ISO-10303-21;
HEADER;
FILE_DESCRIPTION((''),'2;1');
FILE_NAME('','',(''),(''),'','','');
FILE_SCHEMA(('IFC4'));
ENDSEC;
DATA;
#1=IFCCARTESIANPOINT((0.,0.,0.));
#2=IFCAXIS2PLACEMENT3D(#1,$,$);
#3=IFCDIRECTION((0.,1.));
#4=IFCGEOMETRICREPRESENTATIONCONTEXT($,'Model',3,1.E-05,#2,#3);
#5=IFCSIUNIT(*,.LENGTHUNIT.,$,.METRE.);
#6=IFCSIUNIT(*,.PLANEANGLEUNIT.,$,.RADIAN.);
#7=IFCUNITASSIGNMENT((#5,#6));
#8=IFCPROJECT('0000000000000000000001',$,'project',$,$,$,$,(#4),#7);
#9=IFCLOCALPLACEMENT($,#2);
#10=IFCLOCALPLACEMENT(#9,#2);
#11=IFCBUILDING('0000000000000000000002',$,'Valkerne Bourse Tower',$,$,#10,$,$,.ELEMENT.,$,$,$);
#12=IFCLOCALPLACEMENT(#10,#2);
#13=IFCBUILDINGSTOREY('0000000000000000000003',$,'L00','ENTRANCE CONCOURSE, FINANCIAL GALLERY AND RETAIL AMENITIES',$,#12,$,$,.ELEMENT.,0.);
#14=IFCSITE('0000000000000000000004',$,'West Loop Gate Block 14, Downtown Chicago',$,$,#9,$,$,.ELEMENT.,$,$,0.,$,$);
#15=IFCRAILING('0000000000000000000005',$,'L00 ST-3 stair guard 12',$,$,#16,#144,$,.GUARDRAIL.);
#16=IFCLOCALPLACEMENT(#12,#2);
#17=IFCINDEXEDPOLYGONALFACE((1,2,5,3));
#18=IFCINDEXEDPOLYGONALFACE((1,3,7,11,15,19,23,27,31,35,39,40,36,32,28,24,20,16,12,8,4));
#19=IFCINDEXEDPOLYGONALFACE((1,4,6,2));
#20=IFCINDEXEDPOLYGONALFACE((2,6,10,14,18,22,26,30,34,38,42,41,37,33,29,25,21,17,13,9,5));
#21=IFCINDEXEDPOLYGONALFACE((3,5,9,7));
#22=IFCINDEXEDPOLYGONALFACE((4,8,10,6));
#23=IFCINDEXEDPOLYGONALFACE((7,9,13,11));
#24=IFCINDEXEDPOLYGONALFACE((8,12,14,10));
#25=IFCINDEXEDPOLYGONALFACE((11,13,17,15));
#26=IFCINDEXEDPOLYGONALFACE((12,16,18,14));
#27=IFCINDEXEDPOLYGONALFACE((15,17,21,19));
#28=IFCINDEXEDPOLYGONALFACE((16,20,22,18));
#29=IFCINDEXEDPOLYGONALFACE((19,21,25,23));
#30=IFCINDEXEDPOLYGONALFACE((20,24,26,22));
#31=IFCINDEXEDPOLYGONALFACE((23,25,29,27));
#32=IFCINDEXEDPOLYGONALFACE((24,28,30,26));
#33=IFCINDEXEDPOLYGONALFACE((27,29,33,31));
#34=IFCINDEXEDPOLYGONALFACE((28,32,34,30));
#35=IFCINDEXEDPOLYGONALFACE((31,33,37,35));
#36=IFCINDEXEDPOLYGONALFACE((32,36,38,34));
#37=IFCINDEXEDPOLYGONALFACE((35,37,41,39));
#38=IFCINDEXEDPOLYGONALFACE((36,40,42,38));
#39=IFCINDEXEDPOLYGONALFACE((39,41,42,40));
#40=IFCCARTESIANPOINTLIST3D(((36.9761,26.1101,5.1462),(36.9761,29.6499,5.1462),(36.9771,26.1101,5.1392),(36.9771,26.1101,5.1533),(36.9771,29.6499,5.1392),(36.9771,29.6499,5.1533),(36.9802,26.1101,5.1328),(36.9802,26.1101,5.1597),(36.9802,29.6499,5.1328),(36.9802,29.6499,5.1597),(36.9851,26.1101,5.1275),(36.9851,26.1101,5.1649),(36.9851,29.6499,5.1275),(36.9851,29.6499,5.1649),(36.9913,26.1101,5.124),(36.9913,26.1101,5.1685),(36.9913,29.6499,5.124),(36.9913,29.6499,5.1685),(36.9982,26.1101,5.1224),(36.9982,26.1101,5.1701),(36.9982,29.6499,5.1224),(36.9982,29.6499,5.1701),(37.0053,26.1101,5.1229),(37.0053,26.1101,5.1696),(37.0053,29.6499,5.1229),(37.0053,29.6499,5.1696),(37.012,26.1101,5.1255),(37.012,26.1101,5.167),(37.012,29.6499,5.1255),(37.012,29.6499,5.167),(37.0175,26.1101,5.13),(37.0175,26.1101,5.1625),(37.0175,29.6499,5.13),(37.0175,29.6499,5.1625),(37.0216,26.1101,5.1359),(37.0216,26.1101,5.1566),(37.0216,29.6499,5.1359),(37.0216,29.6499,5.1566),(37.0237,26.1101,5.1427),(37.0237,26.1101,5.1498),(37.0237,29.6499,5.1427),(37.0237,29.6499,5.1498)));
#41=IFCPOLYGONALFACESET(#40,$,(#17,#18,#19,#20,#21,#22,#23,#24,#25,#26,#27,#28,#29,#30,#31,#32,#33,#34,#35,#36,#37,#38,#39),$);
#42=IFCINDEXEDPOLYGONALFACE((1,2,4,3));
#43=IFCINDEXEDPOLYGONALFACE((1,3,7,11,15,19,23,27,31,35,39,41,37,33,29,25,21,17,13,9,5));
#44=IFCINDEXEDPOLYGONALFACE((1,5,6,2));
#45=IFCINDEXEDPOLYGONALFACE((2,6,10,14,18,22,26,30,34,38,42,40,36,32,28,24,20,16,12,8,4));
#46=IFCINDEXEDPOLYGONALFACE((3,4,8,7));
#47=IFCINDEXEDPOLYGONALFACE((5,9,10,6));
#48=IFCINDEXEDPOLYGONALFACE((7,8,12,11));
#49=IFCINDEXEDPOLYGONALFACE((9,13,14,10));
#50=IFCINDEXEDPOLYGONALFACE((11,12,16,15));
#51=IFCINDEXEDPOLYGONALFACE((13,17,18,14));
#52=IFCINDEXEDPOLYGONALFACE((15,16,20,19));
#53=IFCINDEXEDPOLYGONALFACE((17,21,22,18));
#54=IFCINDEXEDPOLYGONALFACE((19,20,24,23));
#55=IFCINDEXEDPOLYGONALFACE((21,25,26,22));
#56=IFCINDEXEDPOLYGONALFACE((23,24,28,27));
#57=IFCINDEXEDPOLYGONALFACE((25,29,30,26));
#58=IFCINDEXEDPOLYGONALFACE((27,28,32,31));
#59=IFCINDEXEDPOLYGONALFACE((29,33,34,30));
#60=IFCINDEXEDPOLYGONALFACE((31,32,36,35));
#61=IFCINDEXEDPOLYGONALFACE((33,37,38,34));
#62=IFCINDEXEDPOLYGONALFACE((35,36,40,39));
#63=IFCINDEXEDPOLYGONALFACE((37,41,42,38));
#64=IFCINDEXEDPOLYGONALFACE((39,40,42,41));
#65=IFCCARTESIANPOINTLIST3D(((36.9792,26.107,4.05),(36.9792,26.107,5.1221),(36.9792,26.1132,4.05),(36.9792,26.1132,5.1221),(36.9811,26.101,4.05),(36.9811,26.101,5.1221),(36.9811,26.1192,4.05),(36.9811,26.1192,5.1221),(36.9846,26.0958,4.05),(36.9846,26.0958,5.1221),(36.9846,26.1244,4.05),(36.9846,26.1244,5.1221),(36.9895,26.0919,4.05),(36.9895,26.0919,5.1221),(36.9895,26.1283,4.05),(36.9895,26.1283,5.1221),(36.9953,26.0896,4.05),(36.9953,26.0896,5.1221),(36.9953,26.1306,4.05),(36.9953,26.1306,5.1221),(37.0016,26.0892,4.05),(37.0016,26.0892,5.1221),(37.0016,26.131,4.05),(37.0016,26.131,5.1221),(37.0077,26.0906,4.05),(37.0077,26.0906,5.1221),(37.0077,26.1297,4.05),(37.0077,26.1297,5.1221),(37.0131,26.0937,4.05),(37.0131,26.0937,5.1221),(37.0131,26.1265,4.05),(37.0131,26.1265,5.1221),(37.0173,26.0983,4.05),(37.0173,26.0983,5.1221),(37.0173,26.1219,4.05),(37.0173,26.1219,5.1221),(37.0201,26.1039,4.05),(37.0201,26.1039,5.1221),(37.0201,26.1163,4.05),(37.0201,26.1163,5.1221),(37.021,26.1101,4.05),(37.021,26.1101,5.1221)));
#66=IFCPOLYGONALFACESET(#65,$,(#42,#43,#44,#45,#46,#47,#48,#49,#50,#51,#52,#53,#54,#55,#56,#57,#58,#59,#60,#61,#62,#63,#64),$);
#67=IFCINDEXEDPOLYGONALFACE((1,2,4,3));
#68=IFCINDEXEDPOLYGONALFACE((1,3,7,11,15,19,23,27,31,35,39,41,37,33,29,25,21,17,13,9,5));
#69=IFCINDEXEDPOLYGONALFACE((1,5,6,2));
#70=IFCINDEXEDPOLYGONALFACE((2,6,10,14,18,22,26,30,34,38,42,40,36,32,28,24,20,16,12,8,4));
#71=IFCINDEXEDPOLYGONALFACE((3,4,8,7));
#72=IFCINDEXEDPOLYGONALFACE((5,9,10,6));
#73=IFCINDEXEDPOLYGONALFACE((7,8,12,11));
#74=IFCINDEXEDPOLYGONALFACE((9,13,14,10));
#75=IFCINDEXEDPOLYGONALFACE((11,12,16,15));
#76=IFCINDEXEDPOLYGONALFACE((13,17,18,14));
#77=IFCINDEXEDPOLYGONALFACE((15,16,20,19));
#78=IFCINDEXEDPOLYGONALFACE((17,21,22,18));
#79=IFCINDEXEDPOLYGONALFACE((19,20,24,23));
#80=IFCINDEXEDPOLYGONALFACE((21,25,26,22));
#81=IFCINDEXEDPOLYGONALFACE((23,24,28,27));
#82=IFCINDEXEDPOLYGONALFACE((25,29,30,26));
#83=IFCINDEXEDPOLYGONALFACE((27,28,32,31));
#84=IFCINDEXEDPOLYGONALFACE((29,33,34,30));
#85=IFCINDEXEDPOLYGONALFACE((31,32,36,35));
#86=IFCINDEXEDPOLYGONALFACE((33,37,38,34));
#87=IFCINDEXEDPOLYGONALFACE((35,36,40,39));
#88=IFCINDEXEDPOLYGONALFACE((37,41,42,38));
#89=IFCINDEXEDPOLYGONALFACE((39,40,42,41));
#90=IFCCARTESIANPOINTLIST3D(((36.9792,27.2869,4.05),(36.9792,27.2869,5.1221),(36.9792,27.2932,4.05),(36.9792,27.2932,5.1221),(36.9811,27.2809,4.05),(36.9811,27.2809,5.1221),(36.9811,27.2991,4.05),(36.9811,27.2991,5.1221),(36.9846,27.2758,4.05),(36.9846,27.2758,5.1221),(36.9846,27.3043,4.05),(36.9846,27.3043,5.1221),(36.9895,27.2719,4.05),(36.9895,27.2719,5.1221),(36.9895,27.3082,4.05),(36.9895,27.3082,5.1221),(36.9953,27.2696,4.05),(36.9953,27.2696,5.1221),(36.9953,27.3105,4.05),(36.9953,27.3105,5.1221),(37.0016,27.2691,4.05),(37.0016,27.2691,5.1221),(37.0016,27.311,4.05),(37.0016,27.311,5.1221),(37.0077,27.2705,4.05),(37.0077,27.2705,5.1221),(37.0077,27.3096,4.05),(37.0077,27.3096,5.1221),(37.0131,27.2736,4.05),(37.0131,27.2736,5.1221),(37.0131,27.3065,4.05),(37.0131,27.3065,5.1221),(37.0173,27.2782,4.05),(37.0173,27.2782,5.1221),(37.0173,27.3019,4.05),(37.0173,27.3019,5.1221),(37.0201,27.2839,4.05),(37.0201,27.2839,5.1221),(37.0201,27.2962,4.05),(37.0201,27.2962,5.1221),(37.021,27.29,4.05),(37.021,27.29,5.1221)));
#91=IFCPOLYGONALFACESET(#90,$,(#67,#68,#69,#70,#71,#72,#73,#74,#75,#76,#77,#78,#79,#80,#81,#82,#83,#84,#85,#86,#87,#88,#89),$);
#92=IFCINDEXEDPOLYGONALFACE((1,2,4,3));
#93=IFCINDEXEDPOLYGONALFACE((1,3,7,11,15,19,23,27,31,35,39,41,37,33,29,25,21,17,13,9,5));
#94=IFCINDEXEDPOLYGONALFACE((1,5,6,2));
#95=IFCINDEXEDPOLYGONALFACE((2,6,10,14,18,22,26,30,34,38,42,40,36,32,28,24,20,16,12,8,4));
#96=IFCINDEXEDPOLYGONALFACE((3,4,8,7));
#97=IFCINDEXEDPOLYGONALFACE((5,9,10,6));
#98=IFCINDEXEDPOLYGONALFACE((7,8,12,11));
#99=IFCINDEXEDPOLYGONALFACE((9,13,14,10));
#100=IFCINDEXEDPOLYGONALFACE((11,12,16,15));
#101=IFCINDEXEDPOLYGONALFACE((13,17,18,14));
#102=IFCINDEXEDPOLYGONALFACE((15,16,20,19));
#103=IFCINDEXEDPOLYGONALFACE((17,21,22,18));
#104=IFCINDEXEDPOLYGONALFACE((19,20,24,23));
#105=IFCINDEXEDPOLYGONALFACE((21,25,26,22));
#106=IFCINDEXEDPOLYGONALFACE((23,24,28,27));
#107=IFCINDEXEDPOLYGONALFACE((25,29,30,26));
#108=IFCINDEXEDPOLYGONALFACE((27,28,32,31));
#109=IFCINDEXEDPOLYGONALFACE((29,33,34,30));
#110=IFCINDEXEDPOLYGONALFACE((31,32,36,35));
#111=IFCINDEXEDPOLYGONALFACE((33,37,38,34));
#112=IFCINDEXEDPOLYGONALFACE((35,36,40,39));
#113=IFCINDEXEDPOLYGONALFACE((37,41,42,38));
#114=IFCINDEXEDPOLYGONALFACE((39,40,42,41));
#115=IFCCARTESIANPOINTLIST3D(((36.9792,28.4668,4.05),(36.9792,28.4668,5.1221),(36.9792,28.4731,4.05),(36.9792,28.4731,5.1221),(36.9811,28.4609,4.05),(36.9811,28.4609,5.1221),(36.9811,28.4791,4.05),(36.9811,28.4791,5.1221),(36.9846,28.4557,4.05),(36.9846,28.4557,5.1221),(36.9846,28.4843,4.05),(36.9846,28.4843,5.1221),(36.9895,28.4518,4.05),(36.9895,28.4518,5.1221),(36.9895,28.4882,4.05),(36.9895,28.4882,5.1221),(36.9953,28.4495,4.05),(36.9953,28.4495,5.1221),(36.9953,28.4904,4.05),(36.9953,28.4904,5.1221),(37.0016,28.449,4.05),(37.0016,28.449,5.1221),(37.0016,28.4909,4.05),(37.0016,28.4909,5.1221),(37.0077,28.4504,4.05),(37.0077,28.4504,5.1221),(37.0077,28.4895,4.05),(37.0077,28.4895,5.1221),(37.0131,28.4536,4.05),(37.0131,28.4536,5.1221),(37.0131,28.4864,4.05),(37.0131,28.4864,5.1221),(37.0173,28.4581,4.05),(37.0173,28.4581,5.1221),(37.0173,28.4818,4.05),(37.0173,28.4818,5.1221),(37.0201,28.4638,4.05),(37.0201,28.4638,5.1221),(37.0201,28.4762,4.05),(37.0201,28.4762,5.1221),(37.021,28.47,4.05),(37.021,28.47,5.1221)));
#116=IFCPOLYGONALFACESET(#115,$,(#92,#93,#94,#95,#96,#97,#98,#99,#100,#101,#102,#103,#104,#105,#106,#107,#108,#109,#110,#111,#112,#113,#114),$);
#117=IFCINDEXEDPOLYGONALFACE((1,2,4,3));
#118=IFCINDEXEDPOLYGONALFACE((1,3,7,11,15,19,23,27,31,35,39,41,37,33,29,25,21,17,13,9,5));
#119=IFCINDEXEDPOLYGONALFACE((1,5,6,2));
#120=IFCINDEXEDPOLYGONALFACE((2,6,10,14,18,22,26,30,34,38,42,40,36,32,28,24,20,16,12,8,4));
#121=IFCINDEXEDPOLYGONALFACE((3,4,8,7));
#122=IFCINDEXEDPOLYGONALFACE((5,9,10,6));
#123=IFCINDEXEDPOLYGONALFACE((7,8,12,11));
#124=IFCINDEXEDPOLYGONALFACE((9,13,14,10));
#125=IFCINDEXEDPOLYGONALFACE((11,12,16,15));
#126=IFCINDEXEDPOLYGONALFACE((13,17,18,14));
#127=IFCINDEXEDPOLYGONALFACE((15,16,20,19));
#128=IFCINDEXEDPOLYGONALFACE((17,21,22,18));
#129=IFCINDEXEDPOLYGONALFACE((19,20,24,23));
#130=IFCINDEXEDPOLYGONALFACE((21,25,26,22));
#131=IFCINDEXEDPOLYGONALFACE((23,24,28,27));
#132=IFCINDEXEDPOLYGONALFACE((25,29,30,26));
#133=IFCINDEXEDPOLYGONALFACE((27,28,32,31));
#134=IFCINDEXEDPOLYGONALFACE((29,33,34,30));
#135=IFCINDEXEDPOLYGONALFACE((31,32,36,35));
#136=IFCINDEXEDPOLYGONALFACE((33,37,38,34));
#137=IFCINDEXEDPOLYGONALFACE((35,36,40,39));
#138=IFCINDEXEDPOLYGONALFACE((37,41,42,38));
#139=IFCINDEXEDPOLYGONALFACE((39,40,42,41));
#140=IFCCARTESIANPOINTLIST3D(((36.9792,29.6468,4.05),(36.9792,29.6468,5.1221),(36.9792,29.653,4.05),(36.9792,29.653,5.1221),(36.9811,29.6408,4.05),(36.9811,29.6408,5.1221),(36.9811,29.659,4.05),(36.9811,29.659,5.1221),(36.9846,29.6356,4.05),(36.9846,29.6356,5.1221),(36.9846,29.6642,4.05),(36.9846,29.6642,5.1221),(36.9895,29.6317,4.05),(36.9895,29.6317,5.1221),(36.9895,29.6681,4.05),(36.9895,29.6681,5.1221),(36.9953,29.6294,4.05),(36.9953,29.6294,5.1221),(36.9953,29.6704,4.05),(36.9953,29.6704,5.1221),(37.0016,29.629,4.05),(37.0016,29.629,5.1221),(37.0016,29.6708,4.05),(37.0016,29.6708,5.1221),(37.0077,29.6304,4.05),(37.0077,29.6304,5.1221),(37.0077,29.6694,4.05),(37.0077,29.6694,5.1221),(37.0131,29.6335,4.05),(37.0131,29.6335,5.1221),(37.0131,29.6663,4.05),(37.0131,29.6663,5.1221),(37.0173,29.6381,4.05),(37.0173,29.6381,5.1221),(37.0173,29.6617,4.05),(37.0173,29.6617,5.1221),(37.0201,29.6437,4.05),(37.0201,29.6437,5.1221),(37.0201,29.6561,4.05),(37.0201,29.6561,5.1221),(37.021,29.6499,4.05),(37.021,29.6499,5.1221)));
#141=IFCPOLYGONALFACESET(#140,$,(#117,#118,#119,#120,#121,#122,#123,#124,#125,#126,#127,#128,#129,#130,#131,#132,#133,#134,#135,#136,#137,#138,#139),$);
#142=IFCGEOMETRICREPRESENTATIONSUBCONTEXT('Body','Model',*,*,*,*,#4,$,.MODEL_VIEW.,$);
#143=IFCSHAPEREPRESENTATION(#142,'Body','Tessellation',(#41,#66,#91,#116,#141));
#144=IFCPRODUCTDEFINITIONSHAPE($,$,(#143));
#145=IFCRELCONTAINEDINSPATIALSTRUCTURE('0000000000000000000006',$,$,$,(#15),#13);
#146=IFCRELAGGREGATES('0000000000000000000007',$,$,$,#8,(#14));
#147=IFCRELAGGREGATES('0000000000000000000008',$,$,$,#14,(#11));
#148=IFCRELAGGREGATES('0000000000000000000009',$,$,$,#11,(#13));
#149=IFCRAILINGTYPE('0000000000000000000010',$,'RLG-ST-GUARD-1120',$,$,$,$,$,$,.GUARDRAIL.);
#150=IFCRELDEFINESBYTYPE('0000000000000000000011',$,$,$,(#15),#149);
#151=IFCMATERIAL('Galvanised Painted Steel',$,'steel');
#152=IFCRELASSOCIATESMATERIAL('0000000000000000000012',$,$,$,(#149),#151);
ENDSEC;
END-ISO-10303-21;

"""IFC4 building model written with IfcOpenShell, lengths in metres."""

from ifc_helpers import new_model, si_unit, direction, frame, origin, origin_2d, place, context, subcontext, project, spatial, circle, extrude, material, type_object, element, save


model = new_model("IFC4")

# Units and contexts
model_context = context("Model", 3, precision=1e-05, world=origin(), true_north=direction((0.0, 1.0)))
body_context = subcontext(model_context, "Body", "Model", "MODEL_VIEW")
ifc_project = project(units=[si_unit("LENGTHUNIT", "METRE"), si_unit("PLANEANGLEUNIT", "RADIAN")], contexts=[model_context])

# Site, building, storey
site_placement = place(None, origin())
site = spatial("IfcSite", under=ifc_project, at=site_placement, Name="West Loop Gate Block 14, Downtown Chicago", CompositionType="ELEMENT", RefElevation=0.0)
building_placement = place(site_placement, origin())
building = spatial("IfcBuilding", under=site, at=building_placement, Name="Valkerne Bourse Tower", CompositionType="ELEMENT")
storey_placement = place(building_placement, origin())
storey = spatial("IfcBuildingStorey", under=building, at=storey_placement, Name="L00", Description="ENTRANCE CONCOURSE, FINANCIAL GALLERY AND RETAIL AMENITIES", CompositionType="ELEMENT", Elevation=0.0)

# Shared definitions
ifc_material_1 = material(Name="Galvanised Painted Steel", Category="steel")

# Railing
railing_type_1 = type_object("IfcRailingType", Name="RLG-ST-GUARD-1120", PredefinedType="GUARDRAIL", material=ifc_material_1)
railing_1_placement = place(storey_placement, frame((37.0, 26.1101, 4.05)))
element("IfcRailing", 1, at=railing_1_placement, inside=storey, type_object=railing_type_1, Name="L00 ST-3 stair guard 12", PredefinedType="GUARDRAIL", context=body_context, shape_type="SweptSolid", body=[
    extrude(circle(Radius=0.0239, at=origin_2d()), frame((0.0, 0.0, 1.0962), z_axis=(0.0, 1.0, 0.0), x_axis=(-1.0, 0.0, 0.0)), (0.0, 0.0, 1.0), 3.5398),
    extrude(circle(Radius=0.021, at=origin_2d()), origin(), (0.0, 0.0, 1.0), 1.072),
    extrude(circle(Radius=0.021, at=origin_2d()), frame((0.0, 1.1799, 0.0)), (0.0, 0.0, 1.0), 1.072),
    extrude(circle(Radius=0.021, at=origin_2d()), frame((0.0, 2.3599, 0.0)), (0.0, 0.0, 1.0), 1.072),
    extrude(circle(Radius=0.021, at=origin_2d()), frame((0.0, 3.5398, 0.0)), (0.0, 0.0, 1.0), 1.072),
])

save(model, "model.ifc")
